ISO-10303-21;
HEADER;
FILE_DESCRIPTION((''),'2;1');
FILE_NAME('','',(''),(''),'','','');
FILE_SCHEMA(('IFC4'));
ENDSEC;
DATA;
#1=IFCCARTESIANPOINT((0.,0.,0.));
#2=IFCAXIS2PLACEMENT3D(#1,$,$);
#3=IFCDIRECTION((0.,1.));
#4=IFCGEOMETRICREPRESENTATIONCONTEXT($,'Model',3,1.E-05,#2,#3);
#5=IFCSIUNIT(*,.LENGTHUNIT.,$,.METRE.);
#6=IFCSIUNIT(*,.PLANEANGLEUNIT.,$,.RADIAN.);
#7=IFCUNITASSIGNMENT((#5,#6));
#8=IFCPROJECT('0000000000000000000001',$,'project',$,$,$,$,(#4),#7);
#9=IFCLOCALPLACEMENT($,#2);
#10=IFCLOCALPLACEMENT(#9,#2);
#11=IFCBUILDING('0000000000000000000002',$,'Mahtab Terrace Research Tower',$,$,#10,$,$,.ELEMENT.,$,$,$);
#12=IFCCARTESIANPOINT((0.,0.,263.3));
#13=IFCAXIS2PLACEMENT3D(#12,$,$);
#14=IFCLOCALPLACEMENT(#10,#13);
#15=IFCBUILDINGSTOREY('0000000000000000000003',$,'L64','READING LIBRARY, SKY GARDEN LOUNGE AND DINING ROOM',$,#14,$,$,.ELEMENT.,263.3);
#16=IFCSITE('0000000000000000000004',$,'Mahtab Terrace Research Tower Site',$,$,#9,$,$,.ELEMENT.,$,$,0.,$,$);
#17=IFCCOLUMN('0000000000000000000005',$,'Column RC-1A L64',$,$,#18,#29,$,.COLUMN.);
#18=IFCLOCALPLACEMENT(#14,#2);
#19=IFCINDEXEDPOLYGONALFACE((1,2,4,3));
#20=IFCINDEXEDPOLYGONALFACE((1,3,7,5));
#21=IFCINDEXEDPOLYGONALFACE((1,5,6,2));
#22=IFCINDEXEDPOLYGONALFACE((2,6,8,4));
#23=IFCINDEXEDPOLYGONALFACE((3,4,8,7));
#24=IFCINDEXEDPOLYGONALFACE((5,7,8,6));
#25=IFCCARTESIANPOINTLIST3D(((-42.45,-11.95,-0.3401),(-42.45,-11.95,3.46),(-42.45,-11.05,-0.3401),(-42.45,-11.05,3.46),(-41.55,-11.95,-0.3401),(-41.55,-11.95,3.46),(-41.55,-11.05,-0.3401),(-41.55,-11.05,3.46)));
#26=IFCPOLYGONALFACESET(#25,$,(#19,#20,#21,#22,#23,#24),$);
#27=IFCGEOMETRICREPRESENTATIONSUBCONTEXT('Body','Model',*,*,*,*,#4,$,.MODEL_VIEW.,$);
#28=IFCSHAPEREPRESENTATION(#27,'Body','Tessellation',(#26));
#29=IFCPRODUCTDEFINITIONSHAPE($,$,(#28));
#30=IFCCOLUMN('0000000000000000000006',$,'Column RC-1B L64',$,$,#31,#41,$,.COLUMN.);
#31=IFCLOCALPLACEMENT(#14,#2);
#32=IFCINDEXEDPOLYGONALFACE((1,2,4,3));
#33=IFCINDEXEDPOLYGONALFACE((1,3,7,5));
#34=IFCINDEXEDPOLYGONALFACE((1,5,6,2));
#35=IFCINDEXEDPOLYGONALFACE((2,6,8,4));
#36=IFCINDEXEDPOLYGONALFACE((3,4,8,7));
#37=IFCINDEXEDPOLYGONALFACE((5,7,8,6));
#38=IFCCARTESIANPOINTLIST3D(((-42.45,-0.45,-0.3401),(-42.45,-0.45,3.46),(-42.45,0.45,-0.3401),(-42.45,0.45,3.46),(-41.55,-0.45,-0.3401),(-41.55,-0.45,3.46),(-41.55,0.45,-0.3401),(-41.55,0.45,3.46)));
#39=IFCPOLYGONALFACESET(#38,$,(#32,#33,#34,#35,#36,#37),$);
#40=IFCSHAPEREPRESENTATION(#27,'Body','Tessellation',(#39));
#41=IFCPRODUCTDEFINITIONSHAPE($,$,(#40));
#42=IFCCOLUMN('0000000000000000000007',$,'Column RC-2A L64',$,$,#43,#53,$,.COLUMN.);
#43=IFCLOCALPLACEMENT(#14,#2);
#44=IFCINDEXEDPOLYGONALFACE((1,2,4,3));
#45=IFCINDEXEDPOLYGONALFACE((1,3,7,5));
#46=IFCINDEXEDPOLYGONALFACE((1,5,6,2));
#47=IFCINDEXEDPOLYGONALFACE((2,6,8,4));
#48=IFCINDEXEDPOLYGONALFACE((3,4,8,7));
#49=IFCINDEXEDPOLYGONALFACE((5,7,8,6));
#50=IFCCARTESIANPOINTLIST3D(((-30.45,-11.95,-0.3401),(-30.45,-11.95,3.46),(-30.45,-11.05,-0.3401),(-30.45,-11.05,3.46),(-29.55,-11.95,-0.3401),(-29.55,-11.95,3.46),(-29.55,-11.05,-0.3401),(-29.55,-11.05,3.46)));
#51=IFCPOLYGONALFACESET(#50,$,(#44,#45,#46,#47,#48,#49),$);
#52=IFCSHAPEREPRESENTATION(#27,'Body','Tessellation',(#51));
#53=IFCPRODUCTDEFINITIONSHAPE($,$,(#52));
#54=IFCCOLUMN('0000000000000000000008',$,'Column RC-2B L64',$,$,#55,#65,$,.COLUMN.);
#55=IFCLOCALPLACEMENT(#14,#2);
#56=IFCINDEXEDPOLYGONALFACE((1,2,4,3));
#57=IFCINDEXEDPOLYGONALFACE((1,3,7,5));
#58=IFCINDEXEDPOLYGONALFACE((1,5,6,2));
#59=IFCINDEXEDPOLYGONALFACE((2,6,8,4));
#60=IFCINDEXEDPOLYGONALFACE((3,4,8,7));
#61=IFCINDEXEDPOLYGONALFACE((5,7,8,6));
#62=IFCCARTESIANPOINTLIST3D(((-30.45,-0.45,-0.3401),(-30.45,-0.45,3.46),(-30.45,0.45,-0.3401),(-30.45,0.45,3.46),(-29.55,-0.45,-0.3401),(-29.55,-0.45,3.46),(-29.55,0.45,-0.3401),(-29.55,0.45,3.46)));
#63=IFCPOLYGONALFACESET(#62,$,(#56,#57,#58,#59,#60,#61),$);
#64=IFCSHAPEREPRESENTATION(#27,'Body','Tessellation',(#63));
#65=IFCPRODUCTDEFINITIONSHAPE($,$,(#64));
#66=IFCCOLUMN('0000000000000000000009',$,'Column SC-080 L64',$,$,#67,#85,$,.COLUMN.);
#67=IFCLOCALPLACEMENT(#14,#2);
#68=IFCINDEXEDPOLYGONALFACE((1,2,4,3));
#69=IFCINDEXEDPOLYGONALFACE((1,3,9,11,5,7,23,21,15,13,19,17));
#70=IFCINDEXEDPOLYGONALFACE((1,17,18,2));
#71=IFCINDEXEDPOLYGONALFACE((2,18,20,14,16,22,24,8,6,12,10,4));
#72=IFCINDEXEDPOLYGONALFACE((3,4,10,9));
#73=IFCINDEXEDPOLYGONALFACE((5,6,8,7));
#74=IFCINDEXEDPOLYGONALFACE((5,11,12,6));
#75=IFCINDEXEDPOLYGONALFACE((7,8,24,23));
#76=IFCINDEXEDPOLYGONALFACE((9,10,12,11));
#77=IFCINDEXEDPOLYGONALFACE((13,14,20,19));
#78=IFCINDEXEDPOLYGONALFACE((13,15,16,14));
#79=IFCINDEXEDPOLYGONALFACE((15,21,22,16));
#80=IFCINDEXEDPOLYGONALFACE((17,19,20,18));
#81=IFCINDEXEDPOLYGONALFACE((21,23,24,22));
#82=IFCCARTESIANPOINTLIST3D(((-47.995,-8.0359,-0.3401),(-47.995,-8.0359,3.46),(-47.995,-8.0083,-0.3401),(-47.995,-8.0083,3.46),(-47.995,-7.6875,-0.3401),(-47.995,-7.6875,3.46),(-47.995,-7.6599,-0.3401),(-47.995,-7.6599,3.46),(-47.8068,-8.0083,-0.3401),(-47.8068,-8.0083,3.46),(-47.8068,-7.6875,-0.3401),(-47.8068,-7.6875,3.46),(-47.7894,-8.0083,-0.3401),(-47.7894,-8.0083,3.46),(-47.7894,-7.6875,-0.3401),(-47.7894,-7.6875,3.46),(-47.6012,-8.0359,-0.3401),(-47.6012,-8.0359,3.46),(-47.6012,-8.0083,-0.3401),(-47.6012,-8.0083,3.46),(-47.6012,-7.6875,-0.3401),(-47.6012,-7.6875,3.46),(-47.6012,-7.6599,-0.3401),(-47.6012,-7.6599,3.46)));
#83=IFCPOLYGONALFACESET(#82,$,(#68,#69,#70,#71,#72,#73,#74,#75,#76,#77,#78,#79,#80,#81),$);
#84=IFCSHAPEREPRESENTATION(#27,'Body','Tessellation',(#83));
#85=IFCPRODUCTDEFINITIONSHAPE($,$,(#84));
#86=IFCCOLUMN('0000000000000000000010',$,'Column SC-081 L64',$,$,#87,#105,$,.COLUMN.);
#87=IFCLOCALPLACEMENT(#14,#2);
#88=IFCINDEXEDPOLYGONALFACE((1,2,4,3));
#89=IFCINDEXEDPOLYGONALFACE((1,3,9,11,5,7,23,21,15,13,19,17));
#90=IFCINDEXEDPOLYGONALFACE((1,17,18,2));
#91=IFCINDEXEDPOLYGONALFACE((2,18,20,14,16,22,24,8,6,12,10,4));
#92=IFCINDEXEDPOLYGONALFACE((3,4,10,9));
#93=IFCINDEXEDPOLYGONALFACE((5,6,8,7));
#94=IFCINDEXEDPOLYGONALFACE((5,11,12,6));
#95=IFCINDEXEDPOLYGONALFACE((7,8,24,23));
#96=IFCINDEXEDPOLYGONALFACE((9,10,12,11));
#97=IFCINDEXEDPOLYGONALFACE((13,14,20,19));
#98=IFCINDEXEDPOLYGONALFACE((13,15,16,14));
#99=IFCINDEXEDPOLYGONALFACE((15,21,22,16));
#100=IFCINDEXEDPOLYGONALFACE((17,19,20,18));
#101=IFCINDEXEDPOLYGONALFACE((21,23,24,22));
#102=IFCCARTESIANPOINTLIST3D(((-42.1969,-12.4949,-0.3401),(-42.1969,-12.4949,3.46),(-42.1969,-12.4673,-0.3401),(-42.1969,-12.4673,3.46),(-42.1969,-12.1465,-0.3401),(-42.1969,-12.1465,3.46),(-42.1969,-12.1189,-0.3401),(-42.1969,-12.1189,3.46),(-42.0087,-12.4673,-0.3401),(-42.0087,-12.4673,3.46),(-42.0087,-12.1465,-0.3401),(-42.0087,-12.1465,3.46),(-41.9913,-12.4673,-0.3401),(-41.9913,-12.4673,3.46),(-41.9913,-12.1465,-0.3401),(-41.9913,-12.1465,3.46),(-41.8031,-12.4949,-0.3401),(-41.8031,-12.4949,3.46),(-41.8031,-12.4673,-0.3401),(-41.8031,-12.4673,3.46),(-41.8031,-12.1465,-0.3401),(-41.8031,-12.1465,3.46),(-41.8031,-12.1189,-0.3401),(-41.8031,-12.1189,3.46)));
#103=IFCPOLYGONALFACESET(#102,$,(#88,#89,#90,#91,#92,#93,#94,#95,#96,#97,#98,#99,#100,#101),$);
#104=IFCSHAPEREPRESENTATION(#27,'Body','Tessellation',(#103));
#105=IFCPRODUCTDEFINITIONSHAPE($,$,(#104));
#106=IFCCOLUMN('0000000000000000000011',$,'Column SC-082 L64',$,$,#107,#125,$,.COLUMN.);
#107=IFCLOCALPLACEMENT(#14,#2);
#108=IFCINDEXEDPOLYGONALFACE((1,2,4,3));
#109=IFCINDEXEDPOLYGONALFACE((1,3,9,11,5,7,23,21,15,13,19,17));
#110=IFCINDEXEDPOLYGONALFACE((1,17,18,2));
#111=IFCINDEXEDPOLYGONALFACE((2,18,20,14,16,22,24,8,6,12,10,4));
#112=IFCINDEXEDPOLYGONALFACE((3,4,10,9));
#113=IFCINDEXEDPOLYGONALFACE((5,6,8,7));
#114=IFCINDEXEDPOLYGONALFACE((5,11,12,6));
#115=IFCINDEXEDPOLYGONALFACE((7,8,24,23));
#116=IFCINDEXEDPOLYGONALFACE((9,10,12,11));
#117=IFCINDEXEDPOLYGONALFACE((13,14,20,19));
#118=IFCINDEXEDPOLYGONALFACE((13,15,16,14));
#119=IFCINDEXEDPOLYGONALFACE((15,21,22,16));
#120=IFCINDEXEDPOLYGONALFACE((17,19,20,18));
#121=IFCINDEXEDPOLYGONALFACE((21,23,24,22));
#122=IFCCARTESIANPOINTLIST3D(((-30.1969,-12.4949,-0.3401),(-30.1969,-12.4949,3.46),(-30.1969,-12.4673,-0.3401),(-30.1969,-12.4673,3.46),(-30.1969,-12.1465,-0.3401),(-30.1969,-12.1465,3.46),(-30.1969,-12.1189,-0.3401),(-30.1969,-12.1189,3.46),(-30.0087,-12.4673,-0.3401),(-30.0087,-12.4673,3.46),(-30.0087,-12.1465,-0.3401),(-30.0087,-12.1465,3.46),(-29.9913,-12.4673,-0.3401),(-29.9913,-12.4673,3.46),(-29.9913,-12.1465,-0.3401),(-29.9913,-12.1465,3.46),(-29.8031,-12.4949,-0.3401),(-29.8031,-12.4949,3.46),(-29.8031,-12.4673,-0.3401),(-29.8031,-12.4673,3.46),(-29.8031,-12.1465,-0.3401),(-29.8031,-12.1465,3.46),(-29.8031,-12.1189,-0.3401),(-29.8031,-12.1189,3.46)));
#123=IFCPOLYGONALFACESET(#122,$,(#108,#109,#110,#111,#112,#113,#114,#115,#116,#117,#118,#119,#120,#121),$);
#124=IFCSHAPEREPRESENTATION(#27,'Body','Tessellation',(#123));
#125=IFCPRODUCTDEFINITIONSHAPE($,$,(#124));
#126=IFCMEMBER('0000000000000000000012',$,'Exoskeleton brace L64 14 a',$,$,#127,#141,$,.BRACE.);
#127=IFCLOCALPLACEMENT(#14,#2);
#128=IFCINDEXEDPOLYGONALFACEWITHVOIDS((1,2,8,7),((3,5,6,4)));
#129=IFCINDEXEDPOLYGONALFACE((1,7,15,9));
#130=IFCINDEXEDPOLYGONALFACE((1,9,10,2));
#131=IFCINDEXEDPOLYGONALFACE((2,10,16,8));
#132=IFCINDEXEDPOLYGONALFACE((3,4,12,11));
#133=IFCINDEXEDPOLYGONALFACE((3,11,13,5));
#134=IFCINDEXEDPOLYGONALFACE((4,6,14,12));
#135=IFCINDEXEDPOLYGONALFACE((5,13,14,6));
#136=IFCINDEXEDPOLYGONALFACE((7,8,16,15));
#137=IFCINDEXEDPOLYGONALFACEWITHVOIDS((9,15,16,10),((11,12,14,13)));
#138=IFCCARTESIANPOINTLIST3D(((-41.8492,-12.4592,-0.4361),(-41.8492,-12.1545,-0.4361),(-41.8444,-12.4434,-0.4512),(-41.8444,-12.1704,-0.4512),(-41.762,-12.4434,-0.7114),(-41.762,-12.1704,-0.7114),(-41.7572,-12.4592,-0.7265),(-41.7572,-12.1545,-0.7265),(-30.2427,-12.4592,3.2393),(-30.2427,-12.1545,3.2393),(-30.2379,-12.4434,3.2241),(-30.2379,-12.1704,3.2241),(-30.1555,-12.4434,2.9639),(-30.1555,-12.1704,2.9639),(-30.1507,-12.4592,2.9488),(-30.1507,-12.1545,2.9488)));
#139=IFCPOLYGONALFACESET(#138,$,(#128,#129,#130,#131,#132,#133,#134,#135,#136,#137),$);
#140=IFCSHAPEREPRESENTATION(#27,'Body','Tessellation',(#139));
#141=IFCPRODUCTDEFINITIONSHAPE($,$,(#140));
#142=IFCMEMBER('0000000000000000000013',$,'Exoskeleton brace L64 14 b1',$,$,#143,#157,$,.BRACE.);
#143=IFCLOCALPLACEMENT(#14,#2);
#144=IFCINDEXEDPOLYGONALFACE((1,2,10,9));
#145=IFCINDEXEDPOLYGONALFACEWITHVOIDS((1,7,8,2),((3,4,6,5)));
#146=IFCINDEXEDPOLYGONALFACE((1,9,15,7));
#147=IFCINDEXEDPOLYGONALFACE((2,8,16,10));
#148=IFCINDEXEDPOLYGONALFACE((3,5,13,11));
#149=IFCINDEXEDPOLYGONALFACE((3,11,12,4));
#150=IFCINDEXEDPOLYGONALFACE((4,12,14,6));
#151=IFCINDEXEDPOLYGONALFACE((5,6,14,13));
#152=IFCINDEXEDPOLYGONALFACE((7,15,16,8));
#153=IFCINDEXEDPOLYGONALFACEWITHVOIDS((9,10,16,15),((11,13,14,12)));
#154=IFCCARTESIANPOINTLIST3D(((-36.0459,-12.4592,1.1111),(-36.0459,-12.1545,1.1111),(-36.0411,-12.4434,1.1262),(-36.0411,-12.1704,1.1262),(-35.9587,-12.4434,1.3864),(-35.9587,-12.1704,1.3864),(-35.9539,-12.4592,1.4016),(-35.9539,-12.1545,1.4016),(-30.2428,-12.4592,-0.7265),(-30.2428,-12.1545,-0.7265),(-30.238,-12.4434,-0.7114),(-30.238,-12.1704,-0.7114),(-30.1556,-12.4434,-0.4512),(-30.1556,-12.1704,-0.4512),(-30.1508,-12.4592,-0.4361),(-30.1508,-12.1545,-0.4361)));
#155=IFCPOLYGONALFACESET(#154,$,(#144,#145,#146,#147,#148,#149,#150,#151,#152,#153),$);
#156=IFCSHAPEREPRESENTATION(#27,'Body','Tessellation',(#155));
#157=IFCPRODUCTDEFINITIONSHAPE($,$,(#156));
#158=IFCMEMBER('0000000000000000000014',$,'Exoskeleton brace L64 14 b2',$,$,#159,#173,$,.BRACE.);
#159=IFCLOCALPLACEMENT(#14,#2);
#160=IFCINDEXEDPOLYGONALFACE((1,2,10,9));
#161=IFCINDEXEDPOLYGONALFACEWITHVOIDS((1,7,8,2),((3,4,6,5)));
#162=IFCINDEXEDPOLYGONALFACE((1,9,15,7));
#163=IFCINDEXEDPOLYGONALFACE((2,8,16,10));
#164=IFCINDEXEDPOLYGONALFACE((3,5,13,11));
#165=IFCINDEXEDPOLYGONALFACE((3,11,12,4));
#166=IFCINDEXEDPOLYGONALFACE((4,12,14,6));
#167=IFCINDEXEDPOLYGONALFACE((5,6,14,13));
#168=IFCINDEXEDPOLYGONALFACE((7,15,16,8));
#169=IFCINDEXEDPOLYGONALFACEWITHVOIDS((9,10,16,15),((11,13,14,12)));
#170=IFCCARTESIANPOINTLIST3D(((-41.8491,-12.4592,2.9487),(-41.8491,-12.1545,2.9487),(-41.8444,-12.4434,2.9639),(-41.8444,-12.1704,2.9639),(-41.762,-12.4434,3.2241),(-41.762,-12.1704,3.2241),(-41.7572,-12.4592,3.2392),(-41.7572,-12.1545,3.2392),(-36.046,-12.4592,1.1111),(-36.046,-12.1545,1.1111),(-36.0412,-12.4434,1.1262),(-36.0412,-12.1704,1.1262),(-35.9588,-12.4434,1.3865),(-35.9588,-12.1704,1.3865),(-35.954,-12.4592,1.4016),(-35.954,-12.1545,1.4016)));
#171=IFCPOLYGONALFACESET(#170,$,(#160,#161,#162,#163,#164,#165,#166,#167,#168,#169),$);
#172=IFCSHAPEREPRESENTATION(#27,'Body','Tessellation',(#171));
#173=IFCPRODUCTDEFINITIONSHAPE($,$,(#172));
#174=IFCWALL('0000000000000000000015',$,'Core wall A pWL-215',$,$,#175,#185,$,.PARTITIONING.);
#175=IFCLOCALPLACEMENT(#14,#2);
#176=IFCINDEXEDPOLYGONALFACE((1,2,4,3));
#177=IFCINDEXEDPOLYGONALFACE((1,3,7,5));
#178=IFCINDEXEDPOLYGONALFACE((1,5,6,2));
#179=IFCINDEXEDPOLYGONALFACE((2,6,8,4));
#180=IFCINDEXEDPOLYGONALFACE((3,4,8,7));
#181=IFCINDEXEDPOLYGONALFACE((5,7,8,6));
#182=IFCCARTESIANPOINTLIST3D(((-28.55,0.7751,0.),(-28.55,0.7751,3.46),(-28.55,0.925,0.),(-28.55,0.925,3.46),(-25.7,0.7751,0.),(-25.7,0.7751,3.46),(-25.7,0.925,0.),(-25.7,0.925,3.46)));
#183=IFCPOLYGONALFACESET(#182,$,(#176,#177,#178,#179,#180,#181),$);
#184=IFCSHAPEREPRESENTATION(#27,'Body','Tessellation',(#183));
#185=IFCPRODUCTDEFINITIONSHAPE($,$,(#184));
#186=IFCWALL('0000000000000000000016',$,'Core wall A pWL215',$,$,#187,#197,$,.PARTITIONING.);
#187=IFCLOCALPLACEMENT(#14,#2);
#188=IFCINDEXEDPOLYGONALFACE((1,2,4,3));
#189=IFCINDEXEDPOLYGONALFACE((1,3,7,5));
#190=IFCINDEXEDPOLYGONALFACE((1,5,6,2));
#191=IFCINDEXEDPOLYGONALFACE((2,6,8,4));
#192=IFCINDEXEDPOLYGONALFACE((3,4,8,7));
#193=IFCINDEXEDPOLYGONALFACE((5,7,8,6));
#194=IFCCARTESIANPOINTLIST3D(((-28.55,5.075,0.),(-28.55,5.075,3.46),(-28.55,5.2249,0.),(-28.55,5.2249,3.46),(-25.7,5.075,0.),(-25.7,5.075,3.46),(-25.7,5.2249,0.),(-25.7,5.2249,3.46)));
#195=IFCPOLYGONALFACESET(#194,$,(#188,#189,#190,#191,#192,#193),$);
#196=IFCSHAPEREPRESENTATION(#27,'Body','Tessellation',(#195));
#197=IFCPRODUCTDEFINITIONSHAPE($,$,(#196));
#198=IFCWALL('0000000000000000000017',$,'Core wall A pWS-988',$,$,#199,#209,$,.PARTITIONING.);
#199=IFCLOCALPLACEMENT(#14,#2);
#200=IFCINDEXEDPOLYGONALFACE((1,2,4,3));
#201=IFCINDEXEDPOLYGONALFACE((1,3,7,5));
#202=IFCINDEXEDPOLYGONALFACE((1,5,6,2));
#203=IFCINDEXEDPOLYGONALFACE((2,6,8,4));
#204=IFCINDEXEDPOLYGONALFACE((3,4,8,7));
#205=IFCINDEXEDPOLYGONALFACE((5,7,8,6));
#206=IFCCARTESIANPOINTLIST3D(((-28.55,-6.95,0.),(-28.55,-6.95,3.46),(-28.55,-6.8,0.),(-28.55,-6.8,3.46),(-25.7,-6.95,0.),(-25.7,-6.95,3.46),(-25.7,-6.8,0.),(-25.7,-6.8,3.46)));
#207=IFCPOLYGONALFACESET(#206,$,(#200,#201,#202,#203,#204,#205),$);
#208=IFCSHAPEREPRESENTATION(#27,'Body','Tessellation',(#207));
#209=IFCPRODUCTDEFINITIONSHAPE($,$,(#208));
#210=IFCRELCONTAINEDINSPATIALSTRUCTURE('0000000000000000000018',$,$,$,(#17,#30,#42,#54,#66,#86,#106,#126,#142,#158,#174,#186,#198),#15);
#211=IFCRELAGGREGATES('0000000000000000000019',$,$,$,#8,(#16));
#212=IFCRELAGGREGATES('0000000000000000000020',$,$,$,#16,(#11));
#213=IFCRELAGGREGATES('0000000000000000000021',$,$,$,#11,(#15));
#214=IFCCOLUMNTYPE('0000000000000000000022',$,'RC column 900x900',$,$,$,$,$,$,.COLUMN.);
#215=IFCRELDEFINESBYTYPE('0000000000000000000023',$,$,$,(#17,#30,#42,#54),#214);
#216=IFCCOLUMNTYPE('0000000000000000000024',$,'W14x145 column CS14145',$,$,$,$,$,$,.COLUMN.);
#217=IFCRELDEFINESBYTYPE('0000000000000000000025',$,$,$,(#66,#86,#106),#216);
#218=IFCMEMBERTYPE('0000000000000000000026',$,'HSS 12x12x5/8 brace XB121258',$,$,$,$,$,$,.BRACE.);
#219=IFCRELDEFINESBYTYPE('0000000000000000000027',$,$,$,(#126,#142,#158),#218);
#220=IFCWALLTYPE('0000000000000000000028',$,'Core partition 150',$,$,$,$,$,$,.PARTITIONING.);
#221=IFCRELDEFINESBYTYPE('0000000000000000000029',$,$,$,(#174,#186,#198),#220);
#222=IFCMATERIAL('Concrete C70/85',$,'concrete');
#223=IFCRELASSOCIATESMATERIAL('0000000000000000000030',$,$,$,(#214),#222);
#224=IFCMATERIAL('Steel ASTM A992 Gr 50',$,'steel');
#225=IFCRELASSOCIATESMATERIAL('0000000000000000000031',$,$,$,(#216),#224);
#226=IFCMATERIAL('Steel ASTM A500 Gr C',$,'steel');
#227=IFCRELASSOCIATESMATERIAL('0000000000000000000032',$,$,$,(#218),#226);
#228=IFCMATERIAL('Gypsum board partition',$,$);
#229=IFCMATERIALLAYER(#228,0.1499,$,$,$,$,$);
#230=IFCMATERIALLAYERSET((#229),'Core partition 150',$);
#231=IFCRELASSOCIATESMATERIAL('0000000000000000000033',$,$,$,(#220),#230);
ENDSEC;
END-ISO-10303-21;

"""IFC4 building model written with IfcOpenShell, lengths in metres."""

from ifc_helpers import new_model, si_unit, direction, frame, frame_2d, origin, origin_2d, place, context, subcontext, project, spatial, rectangle, hollow_rectangle, i_section, extrude, material, layer, layer_set, material_profile, profile_set, type_object, element, save


model = new_model("IFC4")

# Units and contexts
model_context = context("Model", 3, precision=1e-05, world=origin(), true_north=direction((0.0, 1.0)))
body_context = subcontext(model_context, "Body", "Model", "MODEL_VIEW")
ifc_project = project(units=[si_unit("LENGTHUNIT", "METRE"), si_unit("PLANEANGLEUNIT", "RADIAN")], contexts=[model_context])

# Site, building, storey
site_placement = place(None, origin())
site = spatial("IfcSite", under=ifc_project, at=site_placement, Name="Mahtab Terrace Research Tower Site", CompositionType="ELEMENT", RefElevation=0.0)
building_placement = place(site_placement, origin())
building = spatial("IfcBuilding", under=site, at=building_placement, Name="Mahtab Terrace Research Tower", CompositionType="ELEMENT")
storey_placement = place(building_placement, frame((0.0, 0.0, 263.3)))
storey = spatial("IfcBuildingStorey", under=building, at=storey_placement, Name="L64", Description="READING LIBRARY, SKY GARDEN LOUNGE AND DINING ROOM", CompositionType="ELEMENT", Elevation=263.3)

# Columns
ifc_material_1 = material(Name="Concrete C70/85", Category="concrete")
ifc_material_profile_1 = material_profile(ifc_material_1, rectangle(XDim=0.8999, YDim=0.8999, at=origin_2d()), Name="RC column 900x900")
ifc_profile_set_1 = profile_set([ifc_material_profile_1], Name="Concrete C70/85")
column_type_1 = type_object("IfcColumnType", Name="RC column 900x900", PredefinedType="COLUMN", material=ifc_profile_set_1)
for number, where, z_axis, x_axis, name in (
    (1, (-42.0, -11.5, -0.3401), (0.0, 0.0, 1.0), (1.0, 0.0, 0.0), "Column RC-1A L64"),
    (2, (-42.0, 0.0, -0.3401), (0.0, 0.0, 1.0), (1.0, 0.0, 0.0), "Column RC-1B L64"),
    (3, (-30.0, -11.5, -0.3401), (0.0, 0.0, 1.0), (1.0, 0.0, 0.0), "Column RC-2A L64"),
    (4, (-30.0, 0.0, -0.3401), (0.0, 0.0, 1.0), (1.0, 0.0, 0.0), "Column RC-2B L64"),
):
    element("IfcColumn", number, at=place(storey_placement, frame(where, z_axis=z_axis, x_axis=x_axis)), inside=storey, type_object=column_type_1, Name=name, PredefinedType="COLUMN", context=body_context, shape_type="SweptSolid", body=[
        extrude(rectangle(XDim=0.8999, YDim=0.8999, at=origin_2d()), origin(), (0.0, 0.0, 1.0), 3.8),
    ])
ifc_material_2 = material(Name="Steel ASTM A992 Gr 50", Category="steel")
ifc_material_profile_2 = material_profile(ifc_material_2, i_section(OverallWidth=0.3938, OverallDepth=0.376, WebThickness=0.0173, FlangeThickness=0.0276, at=origin_2d()), Name="W14X145")
ifc_profile_set_2 = profile_set([ifc_material_profile_2], Name="Steel ASTM A992 Gr 50")
column_type_2 = type_object("IfcColumnType", Name="W14x145 column CS14145", PredefinedType="COLUMN", material=ifc_profile_set_2)
for number, where, z_axis, x_axis, name in (
    (5, (-47.7981, -7.8479, -0.3401), (0.0, 0.0, 1.0), (1.0, 0.0, 0.0), "Column SC-080 L64"),
    (6, (-42.0, -12.3069, -0.3401), (0.0, 0.0, 1.0), (1.0, 0.0, 0.0), "Column SC-081 L64"),
    (7, (-30.0, -12.3069, -0.3401), (0.0, 0.0, 1.0), (1.0, 0.0, 0.0), "Column SC-082 L64"),
):
    element("IfcColumn", number, at=place(storey_placement, frame(where, z_axis=z_axis, x_axis=x_axis)), inside=storey, type_object=column_type_2, Name=name, PredefinedType="COLUMN", context=body_context, shape_type="SweptSolid", body=[
        extrude(i_section(OverallWidth=0.3938, OverallDepth=0.376, WebThickness=0.0173, FlangeThickness=0.0276, at=origin_2d()), origin(), (0.0, 0.0, 1.0), 3.8),
    ])

# Members
ifc_material_3 = material(Name="Steel ASTM A500 Gr C", Category="steel")
ifc_material_profile_3 = material_profile(ifc_material_3, hollow_rectangle(XDim=0.3047, YDim=0.3047, WallThickness=0.0159, at=origin_2d()), Name="HSS12X12X5/8")
ifc_profile_set_3 = profile_set([ifc_material_profile_3], Name="Steel ASTM A500 Gr C")
member_type = type_object("IfcMemberType", Name="HSS 12x12x5/8 brace XB121258", PredefinedType="BRACE", material=ifc_profile_set_3)
member_placement = place(storey_placement, frame((-41.8032, -12.3069, -0.5813), z_axis=(0.953344, 0.0, 0.301886), x_axis=(0.0, 1.0, 0.0)))
element("IfcMember", 8, at=member_placement, inside=storey, type_object=member_type, Name="Exoskeleton brace L64 14 a", PredefinedType="BRACE", context=body_context, shape_type="SweptSolid", body=[
    extrude(hollow_rectangle(XDim=0.3047, YDim=0.3047, WallThickness=0.0159, at=origin_2d()), origin(), (0.0, 0.0, 1.0), 12.1746),
])
for number, where, z_axis, x_axis, name in (
    (9, (-30.1968, -12.3069, -0.5813), (-0.953344, 0.0, 0.301886), (0.0, -1.0, 0.0), "Exoskeleton brace L64 14 b1"),
    (10, (-36.0, -12.3069, 1.2563), (-0.953344, 0.0, 0.301886), (0.0, -1.0, 0.0), "Exoskeleton brace L64 14 b2"),
):
    element("IfcMember", number, at=place(storey_placement, frame(where, z_axis=z_axis, x_axis=x_axis)), inside=storey, type_object=member_type, Name=name, PredefinedType="BRACE", context=body_context, shape_type="SweptSolid", body=[
        extrude(hollow_rectangle(XDim=0.3047, YDim=0.3047, WallThickness=0.0159, at=origin_2d()), origin(), (0.0, 0.0, 1.0), 6.0872),
    ])

# Walls
ifc_material_4 = material(Name="Gypsum board partition")
ifc_layer_1 = layer(ifc_material_4, 0.1499)
ifc_layer_set_1 = layer_set([ifc_layer_1], Name="Core partition 150")
wall_type_1 = type_object("IfcWallType", Name="Core partition 150", PredefinedType="PARTITIONING", material=ifc_layer_set_1)
for number, where, z_axis, x_axis, name in (
    (11, (-28.55, 0.8501, 0.0), (0.0, 0.0, 1.0), (1.0, 0.0, 0.0), "Core wall A pWL-215"),
    (12, (-28.55, 5.1499, 0.0), (0.0, 0.0, 1.0), (1.0, 0.0, 0.0), "Core wall A pWL215"),
    (13, (-28.55, -6.875, 0.0), (0.0, 0.0, 1.0), (1.0, 0.0, 0.0), "Core wall A pWS-988"),
):
    element("IfcWall", number, at=place(storey_placement, frame(where, z_axis=z_axis, x_axis=x_axis)), inside=storey, type_object=wall_type_1, Name=name, PredefinedType="PARTITIONING", context=body_context, shape_type="SweptSolid", body=[
        extrude(rectangle(XDim=2.8501, YDim=0.1499, at=frame_2d((1.425, 0.0))), origin(), (0.0, 0.0, 1.0), 3.46),
    ])

save(model, "model.ifc")
